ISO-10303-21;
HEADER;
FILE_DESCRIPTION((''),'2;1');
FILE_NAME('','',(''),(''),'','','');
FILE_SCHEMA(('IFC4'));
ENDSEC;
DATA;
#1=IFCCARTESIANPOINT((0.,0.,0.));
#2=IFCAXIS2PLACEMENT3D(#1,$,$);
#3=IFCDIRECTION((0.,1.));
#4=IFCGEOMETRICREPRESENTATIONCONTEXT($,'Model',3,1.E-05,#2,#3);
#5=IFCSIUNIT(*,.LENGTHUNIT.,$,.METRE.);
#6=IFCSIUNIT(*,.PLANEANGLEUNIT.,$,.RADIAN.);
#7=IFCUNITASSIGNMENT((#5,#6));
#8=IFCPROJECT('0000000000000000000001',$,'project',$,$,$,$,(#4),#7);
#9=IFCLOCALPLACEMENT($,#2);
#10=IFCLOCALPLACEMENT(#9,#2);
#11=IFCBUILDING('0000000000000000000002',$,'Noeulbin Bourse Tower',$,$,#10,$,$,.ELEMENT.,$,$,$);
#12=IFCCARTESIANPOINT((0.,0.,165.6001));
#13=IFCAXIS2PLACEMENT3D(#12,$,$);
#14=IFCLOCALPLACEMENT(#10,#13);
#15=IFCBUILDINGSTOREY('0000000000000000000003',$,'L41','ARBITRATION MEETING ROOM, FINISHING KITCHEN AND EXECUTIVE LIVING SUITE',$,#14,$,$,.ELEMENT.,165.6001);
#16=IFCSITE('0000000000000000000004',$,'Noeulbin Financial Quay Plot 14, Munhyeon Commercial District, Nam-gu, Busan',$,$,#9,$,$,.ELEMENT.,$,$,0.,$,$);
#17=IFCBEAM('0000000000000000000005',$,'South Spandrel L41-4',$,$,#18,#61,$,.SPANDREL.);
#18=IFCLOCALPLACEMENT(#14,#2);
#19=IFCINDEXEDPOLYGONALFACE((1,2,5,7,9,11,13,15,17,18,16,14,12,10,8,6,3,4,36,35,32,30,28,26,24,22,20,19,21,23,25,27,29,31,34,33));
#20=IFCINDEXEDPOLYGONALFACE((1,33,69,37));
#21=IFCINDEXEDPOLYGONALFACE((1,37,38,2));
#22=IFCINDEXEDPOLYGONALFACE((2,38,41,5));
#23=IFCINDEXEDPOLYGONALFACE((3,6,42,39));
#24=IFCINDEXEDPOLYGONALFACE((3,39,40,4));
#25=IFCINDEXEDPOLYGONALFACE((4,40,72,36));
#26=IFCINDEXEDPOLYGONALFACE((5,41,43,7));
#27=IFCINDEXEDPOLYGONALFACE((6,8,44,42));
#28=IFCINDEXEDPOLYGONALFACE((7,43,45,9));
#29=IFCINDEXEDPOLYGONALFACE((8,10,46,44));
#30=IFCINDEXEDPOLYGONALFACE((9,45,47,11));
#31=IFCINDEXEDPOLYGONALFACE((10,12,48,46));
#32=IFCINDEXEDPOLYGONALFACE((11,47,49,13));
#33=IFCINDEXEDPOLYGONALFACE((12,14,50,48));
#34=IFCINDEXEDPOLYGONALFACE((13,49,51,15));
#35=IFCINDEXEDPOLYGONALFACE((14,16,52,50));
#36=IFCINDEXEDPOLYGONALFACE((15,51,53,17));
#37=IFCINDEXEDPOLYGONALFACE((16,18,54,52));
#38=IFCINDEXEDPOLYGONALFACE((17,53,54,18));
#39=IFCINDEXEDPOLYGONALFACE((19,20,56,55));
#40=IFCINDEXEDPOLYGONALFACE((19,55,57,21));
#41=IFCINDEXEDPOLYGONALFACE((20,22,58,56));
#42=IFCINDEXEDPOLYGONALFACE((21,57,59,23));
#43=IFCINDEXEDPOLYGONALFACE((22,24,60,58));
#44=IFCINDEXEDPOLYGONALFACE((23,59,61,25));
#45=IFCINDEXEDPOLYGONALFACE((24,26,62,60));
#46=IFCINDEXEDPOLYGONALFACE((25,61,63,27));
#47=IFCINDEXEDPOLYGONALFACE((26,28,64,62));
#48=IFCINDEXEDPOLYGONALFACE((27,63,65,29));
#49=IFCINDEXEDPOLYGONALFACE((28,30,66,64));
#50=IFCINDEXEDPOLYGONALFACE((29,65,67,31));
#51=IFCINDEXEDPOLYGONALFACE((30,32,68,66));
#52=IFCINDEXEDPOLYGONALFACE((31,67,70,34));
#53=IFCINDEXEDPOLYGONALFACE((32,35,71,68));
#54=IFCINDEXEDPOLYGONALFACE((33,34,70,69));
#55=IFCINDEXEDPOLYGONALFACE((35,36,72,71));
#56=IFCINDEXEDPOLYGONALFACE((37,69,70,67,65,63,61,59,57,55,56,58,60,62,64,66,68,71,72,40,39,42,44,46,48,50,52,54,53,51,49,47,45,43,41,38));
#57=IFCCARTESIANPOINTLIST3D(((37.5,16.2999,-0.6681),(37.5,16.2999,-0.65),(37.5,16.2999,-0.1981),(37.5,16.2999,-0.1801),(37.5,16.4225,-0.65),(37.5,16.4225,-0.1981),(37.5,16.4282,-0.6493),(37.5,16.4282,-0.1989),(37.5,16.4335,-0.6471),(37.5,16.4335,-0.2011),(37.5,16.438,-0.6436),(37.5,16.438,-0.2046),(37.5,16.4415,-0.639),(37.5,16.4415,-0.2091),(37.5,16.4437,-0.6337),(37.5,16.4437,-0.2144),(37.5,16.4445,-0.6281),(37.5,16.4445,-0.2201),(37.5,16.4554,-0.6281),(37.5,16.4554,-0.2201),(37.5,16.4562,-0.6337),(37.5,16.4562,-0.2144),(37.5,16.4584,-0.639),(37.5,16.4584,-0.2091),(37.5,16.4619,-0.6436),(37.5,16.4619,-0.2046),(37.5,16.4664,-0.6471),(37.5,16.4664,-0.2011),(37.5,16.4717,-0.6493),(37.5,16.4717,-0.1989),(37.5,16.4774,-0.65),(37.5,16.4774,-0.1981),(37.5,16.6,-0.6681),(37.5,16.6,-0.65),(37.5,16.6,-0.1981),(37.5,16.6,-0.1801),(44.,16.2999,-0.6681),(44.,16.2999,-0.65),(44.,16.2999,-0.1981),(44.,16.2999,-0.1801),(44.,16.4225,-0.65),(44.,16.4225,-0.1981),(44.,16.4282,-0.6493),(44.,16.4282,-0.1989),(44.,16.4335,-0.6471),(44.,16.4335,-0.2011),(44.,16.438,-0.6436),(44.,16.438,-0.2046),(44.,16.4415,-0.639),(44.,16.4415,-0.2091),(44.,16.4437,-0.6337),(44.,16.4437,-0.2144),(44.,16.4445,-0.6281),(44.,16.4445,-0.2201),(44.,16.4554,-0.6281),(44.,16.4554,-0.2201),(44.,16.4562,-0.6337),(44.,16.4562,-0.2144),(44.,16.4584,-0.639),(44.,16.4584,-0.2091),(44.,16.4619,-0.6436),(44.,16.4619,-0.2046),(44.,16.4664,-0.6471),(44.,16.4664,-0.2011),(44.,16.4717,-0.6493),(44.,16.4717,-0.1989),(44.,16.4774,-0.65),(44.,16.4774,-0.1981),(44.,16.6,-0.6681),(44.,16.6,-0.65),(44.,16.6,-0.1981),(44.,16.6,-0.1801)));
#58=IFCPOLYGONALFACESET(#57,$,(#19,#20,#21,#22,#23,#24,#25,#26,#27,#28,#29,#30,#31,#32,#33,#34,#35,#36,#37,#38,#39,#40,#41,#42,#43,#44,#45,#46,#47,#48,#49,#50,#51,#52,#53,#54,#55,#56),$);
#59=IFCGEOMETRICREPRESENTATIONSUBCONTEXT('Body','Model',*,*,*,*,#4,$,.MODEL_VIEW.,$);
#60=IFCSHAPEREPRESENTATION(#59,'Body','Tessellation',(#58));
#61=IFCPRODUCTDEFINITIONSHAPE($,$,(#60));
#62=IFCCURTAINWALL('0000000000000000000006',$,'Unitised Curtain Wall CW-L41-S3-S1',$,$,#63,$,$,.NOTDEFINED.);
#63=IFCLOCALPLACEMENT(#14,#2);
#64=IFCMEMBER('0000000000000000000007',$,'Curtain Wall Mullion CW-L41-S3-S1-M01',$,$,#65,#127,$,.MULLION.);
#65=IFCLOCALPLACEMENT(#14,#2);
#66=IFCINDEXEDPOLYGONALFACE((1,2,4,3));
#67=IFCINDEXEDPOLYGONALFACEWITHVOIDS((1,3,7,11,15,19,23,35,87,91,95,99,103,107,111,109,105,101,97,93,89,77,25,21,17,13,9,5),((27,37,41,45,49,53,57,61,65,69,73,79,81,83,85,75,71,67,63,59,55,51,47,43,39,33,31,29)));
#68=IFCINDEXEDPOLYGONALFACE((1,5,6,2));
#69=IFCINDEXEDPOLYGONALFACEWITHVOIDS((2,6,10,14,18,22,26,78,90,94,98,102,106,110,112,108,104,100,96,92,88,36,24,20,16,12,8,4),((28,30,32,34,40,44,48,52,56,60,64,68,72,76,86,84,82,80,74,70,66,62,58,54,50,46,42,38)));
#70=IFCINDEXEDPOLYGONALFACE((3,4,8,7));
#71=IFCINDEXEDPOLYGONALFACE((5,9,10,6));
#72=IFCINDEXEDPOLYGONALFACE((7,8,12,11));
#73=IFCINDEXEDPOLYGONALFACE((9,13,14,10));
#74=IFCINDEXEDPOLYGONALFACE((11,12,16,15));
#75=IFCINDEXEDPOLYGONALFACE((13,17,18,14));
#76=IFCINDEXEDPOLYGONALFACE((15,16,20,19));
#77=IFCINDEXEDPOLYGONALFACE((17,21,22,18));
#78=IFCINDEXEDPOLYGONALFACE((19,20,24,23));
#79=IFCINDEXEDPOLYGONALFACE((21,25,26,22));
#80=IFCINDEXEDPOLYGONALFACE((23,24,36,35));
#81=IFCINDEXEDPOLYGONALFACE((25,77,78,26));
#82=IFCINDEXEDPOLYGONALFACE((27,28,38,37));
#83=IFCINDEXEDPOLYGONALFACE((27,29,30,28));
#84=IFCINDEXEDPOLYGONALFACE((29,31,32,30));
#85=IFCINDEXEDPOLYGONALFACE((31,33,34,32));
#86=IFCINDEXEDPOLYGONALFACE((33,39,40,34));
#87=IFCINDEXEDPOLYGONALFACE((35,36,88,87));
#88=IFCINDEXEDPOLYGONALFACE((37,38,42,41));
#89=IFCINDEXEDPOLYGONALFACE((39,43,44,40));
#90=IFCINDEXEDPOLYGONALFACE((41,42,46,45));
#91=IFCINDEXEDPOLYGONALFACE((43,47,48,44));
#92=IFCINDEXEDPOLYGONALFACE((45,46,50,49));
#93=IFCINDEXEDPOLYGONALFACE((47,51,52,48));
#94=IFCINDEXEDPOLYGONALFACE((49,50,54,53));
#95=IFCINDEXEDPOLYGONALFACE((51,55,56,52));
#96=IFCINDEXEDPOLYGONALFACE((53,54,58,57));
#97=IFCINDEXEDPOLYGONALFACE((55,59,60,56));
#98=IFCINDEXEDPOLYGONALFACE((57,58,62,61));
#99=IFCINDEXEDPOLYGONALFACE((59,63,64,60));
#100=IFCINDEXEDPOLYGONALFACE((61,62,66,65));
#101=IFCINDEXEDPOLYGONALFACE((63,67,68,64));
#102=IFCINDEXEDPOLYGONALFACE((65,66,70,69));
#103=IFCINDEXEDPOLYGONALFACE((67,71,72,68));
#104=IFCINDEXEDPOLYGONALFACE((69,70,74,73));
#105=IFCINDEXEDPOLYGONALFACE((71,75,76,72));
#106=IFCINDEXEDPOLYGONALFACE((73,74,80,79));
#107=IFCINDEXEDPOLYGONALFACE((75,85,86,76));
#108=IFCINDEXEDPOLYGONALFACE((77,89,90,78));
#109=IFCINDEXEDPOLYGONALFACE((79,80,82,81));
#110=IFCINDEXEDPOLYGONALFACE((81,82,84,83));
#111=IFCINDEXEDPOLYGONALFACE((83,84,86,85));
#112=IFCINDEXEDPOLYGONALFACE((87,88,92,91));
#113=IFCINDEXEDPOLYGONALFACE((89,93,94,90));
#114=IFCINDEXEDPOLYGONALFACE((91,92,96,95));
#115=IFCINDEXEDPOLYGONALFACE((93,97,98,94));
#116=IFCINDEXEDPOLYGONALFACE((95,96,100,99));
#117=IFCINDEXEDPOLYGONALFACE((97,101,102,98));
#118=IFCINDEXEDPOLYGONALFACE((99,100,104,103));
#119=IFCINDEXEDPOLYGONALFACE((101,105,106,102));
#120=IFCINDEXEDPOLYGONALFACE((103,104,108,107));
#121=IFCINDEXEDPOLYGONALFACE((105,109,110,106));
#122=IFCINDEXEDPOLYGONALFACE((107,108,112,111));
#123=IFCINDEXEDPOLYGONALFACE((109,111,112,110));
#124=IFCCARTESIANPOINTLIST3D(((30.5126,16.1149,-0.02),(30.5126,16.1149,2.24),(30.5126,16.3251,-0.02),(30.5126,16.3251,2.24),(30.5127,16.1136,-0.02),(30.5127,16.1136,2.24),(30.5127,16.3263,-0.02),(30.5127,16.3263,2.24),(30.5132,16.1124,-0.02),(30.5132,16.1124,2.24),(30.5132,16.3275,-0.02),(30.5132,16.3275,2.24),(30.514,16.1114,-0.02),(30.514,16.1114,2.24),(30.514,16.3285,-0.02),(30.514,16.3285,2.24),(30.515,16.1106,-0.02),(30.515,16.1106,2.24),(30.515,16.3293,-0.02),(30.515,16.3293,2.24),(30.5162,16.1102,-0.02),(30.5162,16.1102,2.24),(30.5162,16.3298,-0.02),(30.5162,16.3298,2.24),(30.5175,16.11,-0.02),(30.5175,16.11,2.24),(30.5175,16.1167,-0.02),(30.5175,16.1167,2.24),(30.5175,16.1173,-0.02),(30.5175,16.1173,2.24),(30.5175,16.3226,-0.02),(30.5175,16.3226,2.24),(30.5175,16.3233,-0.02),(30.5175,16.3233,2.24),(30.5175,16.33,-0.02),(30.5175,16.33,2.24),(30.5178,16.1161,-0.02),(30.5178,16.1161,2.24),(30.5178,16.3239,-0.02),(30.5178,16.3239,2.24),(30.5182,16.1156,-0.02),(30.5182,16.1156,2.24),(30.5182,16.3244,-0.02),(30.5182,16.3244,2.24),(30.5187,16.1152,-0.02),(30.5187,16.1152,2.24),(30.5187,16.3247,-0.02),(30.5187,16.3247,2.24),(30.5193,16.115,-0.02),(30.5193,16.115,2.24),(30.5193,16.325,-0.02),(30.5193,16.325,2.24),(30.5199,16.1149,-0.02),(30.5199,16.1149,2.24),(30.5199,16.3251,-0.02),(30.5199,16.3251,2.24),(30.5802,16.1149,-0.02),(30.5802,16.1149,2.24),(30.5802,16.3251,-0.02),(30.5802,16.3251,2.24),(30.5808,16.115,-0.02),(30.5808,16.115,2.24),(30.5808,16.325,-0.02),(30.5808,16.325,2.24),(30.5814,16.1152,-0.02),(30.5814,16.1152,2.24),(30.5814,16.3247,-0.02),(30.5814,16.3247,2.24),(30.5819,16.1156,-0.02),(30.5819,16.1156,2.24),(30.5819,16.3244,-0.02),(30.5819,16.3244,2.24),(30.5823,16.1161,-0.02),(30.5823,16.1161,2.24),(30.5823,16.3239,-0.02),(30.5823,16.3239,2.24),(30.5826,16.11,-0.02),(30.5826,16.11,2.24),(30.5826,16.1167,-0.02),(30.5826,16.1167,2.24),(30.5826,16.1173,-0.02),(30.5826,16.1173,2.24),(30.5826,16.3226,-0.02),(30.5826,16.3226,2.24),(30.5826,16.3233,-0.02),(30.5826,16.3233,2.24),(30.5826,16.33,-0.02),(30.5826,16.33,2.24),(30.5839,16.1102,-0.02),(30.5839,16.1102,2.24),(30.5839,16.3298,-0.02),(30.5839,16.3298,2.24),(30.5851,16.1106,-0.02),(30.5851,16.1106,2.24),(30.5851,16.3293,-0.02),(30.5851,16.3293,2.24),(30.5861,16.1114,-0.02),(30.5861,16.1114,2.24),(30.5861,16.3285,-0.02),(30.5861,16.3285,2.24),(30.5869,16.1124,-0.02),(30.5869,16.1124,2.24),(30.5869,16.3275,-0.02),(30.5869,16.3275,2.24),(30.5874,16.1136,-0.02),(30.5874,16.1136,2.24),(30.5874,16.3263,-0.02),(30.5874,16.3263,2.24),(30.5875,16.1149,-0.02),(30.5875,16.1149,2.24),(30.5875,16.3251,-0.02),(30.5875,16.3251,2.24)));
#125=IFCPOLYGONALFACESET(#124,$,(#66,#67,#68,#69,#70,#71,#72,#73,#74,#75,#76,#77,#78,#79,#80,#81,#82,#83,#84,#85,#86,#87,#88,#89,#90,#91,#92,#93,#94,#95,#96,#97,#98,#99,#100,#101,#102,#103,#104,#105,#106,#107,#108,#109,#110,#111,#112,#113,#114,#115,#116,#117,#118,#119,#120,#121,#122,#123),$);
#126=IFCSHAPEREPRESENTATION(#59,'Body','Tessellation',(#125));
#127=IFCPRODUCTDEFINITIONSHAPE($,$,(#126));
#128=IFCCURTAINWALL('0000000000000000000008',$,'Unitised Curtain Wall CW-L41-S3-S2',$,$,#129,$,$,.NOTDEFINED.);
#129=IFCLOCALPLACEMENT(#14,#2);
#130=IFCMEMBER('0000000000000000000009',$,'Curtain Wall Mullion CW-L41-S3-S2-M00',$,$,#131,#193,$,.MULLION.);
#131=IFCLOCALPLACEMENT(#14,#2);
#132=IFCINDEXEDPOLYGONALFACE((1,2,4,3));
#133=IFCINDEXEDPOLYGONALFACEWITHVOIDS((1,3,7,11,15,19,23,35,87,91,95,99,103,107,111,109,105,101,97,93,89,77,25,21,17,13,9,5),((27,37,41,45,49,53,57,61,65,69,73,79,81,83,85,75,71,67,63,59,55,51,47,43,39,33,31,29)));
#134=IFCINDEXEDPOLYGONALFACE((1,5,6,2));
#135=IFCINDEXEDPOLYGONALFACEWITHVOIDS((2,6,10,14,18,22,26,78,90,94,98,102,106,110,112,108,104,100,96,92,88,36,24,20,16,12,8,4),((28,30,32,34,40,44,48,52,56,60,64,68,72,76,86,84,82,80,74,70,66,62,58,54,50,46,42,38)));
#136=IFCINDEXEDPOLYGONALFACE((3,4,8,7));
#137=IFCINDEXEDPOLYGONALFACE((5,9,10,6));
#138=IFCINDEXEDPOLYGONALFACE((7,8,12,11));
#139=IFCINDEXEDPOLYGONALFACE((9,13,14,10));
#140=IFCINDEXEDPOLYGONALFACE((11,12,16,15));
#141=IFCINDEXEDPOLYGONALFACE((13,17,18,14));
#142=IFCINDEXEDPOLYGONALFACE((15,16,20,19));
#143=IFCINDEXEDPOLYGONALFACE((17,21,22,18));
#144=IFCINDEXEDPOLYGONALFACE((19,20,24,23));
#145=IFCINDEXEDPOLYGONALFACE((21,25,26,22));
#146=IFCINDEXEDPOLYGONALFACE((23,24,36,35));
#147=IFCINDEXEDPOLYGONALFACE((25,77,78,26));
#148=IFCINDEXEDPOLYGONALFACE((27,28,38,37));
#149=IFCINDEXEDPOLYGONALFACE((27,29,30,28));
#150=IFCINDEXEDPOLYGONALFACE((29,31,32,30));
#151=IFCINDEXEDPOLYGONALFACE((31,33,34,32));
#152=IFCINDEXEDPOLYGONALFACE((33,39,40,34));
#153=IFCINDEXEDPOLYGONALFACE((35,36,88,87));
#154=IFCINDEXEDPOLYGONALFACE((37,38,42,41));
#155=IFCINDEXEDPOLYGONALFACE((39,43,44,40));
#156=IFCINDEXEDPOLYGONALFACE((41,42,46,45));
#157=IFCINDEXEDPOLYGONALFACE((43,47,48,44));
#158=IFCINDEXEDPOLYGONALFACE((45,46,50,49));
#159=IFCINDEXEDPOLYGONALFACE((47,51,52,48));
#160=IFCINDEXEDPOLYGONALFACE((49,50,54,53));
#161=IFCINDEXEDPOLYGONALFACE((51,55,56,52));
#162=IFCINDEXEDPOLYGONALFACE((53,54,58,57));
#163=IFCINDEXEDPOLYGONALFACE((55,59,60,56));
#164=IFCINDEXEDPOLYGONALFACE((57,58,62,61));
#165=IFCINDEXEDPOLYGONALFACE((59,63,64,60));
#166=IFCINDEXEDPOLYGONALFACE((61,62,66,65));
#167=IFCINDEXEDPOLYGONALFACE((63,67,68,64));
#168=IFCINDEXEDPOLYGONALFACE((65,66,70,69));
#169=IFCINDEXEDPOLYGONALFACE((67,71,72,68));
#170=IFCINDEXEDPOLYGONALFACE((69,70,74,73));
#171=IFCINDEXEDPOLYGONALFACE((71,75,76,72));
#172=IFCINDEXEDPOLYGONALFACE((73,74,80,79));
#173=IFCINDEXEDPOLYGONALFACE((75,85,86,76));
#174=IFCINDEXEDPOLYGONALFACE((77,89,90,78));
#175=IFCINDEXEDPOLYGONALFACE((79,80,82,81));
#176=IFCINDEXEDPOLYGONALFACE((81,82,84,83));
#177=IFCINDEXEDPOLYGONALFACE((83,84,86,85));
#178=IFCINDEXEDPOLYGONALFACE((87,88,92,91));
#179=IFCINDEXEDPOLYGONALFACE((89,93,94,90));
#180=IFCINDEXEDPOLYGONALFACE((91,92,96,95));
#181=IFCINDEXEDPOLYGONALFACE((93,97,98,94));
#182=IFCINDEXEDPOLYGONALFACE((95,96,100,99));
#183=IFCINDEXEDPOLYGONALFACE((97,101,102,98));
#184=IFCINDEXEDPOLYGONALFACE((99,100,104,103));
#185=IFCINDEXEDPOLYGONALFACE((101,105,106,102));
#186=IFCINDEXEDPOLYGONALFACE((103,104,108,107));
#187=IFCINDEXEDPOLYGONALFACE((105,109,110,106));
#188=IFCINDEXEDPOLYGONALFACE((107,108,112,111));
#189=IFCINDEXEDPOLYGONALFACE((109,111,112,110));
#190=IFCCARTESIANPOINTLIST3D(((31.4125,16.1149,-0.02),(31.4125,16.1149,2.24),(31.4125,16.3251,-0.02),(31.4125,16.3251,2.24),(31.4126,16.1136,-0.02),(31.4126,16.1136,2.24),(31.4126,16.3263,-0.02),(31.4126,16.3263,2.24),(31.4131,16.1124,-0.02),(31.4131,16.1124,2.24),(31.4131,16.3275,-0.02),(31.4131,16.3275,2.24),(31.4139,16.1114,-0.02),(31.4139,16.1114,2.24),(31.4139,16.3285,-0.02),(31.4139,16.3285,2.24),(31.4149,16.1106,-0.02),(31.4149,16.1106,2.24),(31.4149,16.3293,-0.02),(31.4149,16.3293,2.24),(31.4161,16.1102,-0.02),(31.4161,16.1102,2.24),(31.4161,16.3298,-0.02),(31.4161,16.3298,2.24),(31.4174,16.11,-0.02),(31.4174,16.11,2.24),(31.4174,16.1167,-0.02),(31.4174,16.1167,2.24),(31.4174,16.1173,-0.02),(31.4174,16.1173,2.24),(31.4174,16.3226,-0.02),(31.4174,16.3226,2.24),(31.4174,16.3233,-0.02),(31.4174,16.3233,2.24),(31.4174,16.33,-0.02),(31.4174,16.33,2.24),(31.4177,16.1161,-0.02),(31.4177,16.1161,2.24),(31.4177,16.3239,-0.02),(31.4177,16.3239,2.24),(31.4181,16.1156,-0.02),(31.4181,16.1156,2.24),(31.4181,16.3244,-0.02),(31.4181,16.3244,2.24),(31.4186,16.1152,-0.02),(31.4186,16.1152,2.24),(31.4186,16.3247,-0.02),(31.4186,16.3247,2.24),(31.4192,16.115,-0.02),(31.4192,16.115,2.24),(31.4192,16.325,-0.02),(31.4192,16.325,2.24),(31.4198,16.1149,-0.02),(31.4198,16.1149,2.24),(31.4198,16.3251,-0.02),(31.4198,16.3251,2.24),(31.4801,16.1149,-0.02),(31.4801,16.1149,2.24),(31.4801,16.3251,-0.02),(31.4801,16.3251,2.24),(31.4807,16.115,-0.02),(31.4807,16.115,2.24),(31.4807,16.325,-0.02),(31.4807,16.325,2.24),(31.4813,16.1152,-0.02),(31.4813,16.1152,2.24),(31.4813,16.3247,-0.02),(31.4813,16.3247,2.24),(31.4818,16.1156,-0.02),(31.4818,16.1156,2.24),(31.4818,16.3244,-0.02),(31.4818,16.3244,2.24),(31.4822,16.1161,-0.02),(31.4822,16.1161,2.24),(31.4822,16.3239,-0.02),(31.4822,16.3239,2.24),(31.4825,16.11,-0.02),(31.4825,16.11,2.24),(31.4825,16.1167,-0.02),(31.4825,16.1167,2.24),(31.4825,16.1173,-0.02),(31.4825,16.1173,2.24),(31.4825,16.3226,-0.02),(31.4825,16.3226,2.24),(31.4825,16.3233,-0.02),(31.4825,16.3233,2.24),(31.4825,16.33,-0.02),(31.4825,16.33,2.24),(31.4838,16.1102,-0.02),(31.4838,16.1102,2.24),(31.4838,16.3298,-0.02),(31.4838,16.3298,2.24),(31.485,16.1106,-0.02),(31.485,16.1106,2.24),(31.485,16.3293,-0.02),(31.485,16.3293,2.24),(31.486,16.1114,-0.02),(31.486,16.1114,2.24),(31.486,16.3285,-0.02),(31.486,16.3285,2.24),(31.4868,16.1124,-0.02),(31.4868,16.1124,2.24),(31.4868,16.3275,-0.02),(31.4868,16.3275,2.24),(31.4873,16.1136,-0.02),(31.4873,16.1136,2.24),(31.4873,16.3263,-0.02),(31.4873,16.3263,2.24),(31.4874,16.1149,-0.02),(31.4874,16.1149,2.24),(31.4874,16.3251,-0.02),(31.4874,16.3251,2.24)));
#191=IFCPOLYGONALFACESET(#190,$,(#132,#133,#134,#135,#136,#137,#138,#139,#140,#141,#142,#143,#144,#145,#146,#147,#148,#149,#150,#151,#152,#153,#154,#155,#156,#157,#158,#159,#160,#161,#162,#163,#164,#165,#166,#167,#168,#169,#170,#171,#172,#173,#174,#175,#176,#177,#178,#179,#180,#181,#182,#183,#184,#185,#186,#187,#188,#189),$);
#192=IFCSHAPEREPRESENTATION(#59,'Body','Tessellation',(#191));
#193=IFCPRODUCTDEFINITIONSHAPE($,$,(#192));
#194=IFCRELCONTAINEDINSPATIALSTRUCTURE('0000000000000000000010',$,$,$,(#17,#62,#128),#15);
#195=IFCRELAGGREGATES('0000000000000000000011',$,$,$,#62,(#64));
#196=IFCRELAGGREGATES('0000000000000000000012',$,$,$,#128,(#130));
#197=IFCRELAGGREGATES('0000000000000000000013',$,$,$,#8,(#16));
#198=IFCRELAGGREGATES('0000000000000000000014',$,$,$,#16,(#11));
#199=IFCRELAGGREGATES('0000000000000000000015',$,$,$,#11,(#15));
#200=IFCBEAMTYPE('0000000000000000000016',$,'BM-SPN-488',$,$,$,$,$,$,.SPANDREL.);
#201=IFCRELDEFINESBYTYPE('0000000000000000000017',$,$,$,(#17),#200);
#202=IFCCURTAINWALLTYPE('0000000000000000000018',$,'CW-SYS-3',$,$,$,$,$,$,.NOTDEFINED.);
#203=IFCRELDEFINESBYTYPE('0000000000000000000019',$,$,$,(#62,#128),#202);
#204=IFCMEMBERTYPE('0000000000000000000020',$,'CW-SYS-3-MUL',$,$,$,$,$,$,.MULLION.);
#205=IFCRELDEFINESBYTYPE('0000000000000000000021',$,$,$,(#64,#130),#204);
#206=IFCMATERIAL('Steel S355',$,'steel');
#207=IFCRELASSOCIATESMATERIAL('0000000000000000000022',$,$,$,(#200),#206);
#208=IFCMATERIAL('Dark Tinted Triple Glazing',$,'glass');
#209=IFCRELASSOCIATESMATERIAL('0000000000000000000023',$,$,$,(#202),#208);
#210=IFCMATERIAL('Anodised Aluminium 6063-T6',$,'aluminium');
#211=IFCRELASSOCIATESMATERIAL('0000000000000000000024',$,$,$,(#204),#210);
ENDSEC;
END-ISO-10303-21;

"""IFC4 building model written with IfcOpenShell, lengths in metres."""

from ifc_helpers import new_model, si_unit, direction, frame, origin, origin_2d, place, context, subcontext, project, spatial, hollow_rectangle, i_section, extrude, material, material_profile, profile_set, type_object, element, aggregate, save


model = new_model("IFC4")

# Units and contexts
model_context = context("Model", 3, precision=1e-05, world=origin(), true_north=direction((0.0, 1.0)))
body_context = subcontext(model_context, "Body", "Model", "MODEL_VIEW")
ifc_project = project(units=[si_unit("LENGTHUNIT", "METRE"), si_unit("PLANEANGLEUNIT", "RADIAN")], contexts=[model_context])

# Site, building, storey
site_placement = place(None, origin())
site = spatial("IfcSite", under=ifc_project, at=site_placement, Name="Noeulbin Financial Quay Plot 14, Munhyeon Commercial District, Nam-gu, Busan", CompositionType="ELEMENT", RefElevation=0.0)
building_placement = place(site_placement, origin())
building = spatial("IfcBuilding", under=site, at=building_placement, Name="Noeulbin Bourse Tower", CompositionType="ELEMENT")
storey_placement = place(building_placement, frame((0.0, 0.0, 165.6001)))
storey = spatial("IfcBuildingStorey", under=building, at=storey_placement, Name="L41", Description="ARBITRATION MEETING ROOM, FINISHING KITCHEN AND EXECUTIVE LIVING SUITE", CompositionType="ELEMENT", Elevation=165.6001)

# Shared definitions
ifc_material_1 = material(Name="Steel S355", Category="steel")

# Beam
ifc_material_profile_1 = material_profile(ifc_material_1, i_section(OverallWidth=0.3, OverallDepth=0.488, WebThickness=0.011, FlangeThickness=0.0181, FilletRadius=0.022, at=origin_2d()), Name="H-488x300x11x18", Category="LoadBearing")
ifc_profile_set_1 = profile_set([ifc_material_profile_1], Name="Steel S355")
beam_type_1 = type_object("IfcBeamType", Name="BM-SPN-488", PredefinedType="SPANDREL", material=ifc_profile_set_1)
for number, where, z_axis, x_axis, name in (
    (1, (37.5, 16.45, -0.4241), (1.0, 0.0, 0.0), (0.0, 1.0, 0.0), "South Spandrel L41-4"),
):
    element("IfcBeam", number, at=place(storey_placement, frame(where, z_axis=z_axis, x_axis=x_axis)), inside=storey, type_object=beam_type_1, Name=name, PredefinedType="SPANDREL", context=body_context, shape_type="SweptSolid", body=[
        extrude(i_section(OverallWidth=0.3, OverallDepth=0.488, WebThickness=0.011, FlangeThickness=0.0181, FilletRadius=0.022, at=origin_2d()), origin(), (0.0, 0.0, 1.0), 6.5),
    ])

# Curtain wall, member
ifc_material_2 = material(Name="Dark Tinted Triple Glazing", Category="glass")
curtain_wall_type = type_object("IfcCurtainWallType", Name="CW-SYS-3", PredefinedType="NOTDEFINED", material=ifc_material_2)
curtain_wall_1_placement = place(storey_placement, origin())
curtain_wall_1 = element("IfcCurtainWall", 2, at=curtain_wall_1_placement, inside=storey, type_object=curtain_wall_type, Name="Unitised Curtain Wall CW-L41-S3-S1", PredefinedType="NOTDEFINED")
ifc_material_3 = material(Name="Anodised Aluminium 6063-T6", Category="aluminium")
ifc_material_profile_2 = material_profile(ifc_material_3, hollow_rectangle(XDim=0.075, YDim=0.22, WallThickness=0.0049, InnerFilletRadius=0.0024, OuterFilletRadius=0.0049, at=origin_2d()), Name="ALU-MULL-75x220x5", Category="LoadBearing")
ifc_profile_set_2 = profile_set([ifc_material_profile_2], Name="Anodised Aluminium 6063-T6")
member_type_1 = type_object("IfcMemberType", Name="CW-SYS-3-MUL", PredefinedType="MULLION", material=ifc_profile_set_2)
member_1_placement = place(storey_placement, frame((30.55, 16.22, -0.02), z_axis=(0.0, 0.0, 1.0), x_axis=(1.0, 0.0, 0.0)))
member_1 = element("IfcMember", 3, at=member_1_placement, type_object=member_type_1, Name="Curtain Wall Mullion CW-L41-S3-S1-M01", PredefinedType="MULLION", context=body_context, shape_type="SweptSolid", body=[
    extrude(hollow_rectangle(XDim=0.075, YDim=0.22, WallThickness=0.0049, InnerFilletRadius=0.0024, OuterFilletRadius=0.0049, at=origin_2d()), origin(), (0.0, 0.0, 1.0), 2.26),
])

# Curtain wall, member
curtain_wall_2_placement = place(storey_placement, origin())
curtain_wall_2 = element("IfcCurtainWall", 4, at=curtain_wall_2_placement, inside=storey, type_object=curtain_wall_type, Name="Unitised Curtain Wall CW-L41-S3-S2", PredefinedType="NOTDEFINED")
member_2_placement = place(storey_placement, frame((31.45, 16.22, -0.02), z_axis=(0.0, 0.0, 1.0), x_axis=(1.0, 0.0, 0.0)))
member_2 = element("IfcMember", 5, at=member_2_placement, type_object=member_type_1, Name="Curtain Wall Mullion CW-L41-S3-S2-M00", PredefinedType="MULLION", context=body_context, shape_type="SweptSolid", body=[
    extrude(hollow_rectangle(XDim=0.075, YDim=0.22, WallThickness=0.0049, InnerFilletRadius=0.0024, OuterFilletRadius=0.0049, at=origin_2d()), origin(), (0.0, 0.0, 1.0), 2.26),
])

aggregate(curtain_wall_1, [member_1])
aggregate(curtain_wall_2, [member_2])

save(model, "model.ifc")
